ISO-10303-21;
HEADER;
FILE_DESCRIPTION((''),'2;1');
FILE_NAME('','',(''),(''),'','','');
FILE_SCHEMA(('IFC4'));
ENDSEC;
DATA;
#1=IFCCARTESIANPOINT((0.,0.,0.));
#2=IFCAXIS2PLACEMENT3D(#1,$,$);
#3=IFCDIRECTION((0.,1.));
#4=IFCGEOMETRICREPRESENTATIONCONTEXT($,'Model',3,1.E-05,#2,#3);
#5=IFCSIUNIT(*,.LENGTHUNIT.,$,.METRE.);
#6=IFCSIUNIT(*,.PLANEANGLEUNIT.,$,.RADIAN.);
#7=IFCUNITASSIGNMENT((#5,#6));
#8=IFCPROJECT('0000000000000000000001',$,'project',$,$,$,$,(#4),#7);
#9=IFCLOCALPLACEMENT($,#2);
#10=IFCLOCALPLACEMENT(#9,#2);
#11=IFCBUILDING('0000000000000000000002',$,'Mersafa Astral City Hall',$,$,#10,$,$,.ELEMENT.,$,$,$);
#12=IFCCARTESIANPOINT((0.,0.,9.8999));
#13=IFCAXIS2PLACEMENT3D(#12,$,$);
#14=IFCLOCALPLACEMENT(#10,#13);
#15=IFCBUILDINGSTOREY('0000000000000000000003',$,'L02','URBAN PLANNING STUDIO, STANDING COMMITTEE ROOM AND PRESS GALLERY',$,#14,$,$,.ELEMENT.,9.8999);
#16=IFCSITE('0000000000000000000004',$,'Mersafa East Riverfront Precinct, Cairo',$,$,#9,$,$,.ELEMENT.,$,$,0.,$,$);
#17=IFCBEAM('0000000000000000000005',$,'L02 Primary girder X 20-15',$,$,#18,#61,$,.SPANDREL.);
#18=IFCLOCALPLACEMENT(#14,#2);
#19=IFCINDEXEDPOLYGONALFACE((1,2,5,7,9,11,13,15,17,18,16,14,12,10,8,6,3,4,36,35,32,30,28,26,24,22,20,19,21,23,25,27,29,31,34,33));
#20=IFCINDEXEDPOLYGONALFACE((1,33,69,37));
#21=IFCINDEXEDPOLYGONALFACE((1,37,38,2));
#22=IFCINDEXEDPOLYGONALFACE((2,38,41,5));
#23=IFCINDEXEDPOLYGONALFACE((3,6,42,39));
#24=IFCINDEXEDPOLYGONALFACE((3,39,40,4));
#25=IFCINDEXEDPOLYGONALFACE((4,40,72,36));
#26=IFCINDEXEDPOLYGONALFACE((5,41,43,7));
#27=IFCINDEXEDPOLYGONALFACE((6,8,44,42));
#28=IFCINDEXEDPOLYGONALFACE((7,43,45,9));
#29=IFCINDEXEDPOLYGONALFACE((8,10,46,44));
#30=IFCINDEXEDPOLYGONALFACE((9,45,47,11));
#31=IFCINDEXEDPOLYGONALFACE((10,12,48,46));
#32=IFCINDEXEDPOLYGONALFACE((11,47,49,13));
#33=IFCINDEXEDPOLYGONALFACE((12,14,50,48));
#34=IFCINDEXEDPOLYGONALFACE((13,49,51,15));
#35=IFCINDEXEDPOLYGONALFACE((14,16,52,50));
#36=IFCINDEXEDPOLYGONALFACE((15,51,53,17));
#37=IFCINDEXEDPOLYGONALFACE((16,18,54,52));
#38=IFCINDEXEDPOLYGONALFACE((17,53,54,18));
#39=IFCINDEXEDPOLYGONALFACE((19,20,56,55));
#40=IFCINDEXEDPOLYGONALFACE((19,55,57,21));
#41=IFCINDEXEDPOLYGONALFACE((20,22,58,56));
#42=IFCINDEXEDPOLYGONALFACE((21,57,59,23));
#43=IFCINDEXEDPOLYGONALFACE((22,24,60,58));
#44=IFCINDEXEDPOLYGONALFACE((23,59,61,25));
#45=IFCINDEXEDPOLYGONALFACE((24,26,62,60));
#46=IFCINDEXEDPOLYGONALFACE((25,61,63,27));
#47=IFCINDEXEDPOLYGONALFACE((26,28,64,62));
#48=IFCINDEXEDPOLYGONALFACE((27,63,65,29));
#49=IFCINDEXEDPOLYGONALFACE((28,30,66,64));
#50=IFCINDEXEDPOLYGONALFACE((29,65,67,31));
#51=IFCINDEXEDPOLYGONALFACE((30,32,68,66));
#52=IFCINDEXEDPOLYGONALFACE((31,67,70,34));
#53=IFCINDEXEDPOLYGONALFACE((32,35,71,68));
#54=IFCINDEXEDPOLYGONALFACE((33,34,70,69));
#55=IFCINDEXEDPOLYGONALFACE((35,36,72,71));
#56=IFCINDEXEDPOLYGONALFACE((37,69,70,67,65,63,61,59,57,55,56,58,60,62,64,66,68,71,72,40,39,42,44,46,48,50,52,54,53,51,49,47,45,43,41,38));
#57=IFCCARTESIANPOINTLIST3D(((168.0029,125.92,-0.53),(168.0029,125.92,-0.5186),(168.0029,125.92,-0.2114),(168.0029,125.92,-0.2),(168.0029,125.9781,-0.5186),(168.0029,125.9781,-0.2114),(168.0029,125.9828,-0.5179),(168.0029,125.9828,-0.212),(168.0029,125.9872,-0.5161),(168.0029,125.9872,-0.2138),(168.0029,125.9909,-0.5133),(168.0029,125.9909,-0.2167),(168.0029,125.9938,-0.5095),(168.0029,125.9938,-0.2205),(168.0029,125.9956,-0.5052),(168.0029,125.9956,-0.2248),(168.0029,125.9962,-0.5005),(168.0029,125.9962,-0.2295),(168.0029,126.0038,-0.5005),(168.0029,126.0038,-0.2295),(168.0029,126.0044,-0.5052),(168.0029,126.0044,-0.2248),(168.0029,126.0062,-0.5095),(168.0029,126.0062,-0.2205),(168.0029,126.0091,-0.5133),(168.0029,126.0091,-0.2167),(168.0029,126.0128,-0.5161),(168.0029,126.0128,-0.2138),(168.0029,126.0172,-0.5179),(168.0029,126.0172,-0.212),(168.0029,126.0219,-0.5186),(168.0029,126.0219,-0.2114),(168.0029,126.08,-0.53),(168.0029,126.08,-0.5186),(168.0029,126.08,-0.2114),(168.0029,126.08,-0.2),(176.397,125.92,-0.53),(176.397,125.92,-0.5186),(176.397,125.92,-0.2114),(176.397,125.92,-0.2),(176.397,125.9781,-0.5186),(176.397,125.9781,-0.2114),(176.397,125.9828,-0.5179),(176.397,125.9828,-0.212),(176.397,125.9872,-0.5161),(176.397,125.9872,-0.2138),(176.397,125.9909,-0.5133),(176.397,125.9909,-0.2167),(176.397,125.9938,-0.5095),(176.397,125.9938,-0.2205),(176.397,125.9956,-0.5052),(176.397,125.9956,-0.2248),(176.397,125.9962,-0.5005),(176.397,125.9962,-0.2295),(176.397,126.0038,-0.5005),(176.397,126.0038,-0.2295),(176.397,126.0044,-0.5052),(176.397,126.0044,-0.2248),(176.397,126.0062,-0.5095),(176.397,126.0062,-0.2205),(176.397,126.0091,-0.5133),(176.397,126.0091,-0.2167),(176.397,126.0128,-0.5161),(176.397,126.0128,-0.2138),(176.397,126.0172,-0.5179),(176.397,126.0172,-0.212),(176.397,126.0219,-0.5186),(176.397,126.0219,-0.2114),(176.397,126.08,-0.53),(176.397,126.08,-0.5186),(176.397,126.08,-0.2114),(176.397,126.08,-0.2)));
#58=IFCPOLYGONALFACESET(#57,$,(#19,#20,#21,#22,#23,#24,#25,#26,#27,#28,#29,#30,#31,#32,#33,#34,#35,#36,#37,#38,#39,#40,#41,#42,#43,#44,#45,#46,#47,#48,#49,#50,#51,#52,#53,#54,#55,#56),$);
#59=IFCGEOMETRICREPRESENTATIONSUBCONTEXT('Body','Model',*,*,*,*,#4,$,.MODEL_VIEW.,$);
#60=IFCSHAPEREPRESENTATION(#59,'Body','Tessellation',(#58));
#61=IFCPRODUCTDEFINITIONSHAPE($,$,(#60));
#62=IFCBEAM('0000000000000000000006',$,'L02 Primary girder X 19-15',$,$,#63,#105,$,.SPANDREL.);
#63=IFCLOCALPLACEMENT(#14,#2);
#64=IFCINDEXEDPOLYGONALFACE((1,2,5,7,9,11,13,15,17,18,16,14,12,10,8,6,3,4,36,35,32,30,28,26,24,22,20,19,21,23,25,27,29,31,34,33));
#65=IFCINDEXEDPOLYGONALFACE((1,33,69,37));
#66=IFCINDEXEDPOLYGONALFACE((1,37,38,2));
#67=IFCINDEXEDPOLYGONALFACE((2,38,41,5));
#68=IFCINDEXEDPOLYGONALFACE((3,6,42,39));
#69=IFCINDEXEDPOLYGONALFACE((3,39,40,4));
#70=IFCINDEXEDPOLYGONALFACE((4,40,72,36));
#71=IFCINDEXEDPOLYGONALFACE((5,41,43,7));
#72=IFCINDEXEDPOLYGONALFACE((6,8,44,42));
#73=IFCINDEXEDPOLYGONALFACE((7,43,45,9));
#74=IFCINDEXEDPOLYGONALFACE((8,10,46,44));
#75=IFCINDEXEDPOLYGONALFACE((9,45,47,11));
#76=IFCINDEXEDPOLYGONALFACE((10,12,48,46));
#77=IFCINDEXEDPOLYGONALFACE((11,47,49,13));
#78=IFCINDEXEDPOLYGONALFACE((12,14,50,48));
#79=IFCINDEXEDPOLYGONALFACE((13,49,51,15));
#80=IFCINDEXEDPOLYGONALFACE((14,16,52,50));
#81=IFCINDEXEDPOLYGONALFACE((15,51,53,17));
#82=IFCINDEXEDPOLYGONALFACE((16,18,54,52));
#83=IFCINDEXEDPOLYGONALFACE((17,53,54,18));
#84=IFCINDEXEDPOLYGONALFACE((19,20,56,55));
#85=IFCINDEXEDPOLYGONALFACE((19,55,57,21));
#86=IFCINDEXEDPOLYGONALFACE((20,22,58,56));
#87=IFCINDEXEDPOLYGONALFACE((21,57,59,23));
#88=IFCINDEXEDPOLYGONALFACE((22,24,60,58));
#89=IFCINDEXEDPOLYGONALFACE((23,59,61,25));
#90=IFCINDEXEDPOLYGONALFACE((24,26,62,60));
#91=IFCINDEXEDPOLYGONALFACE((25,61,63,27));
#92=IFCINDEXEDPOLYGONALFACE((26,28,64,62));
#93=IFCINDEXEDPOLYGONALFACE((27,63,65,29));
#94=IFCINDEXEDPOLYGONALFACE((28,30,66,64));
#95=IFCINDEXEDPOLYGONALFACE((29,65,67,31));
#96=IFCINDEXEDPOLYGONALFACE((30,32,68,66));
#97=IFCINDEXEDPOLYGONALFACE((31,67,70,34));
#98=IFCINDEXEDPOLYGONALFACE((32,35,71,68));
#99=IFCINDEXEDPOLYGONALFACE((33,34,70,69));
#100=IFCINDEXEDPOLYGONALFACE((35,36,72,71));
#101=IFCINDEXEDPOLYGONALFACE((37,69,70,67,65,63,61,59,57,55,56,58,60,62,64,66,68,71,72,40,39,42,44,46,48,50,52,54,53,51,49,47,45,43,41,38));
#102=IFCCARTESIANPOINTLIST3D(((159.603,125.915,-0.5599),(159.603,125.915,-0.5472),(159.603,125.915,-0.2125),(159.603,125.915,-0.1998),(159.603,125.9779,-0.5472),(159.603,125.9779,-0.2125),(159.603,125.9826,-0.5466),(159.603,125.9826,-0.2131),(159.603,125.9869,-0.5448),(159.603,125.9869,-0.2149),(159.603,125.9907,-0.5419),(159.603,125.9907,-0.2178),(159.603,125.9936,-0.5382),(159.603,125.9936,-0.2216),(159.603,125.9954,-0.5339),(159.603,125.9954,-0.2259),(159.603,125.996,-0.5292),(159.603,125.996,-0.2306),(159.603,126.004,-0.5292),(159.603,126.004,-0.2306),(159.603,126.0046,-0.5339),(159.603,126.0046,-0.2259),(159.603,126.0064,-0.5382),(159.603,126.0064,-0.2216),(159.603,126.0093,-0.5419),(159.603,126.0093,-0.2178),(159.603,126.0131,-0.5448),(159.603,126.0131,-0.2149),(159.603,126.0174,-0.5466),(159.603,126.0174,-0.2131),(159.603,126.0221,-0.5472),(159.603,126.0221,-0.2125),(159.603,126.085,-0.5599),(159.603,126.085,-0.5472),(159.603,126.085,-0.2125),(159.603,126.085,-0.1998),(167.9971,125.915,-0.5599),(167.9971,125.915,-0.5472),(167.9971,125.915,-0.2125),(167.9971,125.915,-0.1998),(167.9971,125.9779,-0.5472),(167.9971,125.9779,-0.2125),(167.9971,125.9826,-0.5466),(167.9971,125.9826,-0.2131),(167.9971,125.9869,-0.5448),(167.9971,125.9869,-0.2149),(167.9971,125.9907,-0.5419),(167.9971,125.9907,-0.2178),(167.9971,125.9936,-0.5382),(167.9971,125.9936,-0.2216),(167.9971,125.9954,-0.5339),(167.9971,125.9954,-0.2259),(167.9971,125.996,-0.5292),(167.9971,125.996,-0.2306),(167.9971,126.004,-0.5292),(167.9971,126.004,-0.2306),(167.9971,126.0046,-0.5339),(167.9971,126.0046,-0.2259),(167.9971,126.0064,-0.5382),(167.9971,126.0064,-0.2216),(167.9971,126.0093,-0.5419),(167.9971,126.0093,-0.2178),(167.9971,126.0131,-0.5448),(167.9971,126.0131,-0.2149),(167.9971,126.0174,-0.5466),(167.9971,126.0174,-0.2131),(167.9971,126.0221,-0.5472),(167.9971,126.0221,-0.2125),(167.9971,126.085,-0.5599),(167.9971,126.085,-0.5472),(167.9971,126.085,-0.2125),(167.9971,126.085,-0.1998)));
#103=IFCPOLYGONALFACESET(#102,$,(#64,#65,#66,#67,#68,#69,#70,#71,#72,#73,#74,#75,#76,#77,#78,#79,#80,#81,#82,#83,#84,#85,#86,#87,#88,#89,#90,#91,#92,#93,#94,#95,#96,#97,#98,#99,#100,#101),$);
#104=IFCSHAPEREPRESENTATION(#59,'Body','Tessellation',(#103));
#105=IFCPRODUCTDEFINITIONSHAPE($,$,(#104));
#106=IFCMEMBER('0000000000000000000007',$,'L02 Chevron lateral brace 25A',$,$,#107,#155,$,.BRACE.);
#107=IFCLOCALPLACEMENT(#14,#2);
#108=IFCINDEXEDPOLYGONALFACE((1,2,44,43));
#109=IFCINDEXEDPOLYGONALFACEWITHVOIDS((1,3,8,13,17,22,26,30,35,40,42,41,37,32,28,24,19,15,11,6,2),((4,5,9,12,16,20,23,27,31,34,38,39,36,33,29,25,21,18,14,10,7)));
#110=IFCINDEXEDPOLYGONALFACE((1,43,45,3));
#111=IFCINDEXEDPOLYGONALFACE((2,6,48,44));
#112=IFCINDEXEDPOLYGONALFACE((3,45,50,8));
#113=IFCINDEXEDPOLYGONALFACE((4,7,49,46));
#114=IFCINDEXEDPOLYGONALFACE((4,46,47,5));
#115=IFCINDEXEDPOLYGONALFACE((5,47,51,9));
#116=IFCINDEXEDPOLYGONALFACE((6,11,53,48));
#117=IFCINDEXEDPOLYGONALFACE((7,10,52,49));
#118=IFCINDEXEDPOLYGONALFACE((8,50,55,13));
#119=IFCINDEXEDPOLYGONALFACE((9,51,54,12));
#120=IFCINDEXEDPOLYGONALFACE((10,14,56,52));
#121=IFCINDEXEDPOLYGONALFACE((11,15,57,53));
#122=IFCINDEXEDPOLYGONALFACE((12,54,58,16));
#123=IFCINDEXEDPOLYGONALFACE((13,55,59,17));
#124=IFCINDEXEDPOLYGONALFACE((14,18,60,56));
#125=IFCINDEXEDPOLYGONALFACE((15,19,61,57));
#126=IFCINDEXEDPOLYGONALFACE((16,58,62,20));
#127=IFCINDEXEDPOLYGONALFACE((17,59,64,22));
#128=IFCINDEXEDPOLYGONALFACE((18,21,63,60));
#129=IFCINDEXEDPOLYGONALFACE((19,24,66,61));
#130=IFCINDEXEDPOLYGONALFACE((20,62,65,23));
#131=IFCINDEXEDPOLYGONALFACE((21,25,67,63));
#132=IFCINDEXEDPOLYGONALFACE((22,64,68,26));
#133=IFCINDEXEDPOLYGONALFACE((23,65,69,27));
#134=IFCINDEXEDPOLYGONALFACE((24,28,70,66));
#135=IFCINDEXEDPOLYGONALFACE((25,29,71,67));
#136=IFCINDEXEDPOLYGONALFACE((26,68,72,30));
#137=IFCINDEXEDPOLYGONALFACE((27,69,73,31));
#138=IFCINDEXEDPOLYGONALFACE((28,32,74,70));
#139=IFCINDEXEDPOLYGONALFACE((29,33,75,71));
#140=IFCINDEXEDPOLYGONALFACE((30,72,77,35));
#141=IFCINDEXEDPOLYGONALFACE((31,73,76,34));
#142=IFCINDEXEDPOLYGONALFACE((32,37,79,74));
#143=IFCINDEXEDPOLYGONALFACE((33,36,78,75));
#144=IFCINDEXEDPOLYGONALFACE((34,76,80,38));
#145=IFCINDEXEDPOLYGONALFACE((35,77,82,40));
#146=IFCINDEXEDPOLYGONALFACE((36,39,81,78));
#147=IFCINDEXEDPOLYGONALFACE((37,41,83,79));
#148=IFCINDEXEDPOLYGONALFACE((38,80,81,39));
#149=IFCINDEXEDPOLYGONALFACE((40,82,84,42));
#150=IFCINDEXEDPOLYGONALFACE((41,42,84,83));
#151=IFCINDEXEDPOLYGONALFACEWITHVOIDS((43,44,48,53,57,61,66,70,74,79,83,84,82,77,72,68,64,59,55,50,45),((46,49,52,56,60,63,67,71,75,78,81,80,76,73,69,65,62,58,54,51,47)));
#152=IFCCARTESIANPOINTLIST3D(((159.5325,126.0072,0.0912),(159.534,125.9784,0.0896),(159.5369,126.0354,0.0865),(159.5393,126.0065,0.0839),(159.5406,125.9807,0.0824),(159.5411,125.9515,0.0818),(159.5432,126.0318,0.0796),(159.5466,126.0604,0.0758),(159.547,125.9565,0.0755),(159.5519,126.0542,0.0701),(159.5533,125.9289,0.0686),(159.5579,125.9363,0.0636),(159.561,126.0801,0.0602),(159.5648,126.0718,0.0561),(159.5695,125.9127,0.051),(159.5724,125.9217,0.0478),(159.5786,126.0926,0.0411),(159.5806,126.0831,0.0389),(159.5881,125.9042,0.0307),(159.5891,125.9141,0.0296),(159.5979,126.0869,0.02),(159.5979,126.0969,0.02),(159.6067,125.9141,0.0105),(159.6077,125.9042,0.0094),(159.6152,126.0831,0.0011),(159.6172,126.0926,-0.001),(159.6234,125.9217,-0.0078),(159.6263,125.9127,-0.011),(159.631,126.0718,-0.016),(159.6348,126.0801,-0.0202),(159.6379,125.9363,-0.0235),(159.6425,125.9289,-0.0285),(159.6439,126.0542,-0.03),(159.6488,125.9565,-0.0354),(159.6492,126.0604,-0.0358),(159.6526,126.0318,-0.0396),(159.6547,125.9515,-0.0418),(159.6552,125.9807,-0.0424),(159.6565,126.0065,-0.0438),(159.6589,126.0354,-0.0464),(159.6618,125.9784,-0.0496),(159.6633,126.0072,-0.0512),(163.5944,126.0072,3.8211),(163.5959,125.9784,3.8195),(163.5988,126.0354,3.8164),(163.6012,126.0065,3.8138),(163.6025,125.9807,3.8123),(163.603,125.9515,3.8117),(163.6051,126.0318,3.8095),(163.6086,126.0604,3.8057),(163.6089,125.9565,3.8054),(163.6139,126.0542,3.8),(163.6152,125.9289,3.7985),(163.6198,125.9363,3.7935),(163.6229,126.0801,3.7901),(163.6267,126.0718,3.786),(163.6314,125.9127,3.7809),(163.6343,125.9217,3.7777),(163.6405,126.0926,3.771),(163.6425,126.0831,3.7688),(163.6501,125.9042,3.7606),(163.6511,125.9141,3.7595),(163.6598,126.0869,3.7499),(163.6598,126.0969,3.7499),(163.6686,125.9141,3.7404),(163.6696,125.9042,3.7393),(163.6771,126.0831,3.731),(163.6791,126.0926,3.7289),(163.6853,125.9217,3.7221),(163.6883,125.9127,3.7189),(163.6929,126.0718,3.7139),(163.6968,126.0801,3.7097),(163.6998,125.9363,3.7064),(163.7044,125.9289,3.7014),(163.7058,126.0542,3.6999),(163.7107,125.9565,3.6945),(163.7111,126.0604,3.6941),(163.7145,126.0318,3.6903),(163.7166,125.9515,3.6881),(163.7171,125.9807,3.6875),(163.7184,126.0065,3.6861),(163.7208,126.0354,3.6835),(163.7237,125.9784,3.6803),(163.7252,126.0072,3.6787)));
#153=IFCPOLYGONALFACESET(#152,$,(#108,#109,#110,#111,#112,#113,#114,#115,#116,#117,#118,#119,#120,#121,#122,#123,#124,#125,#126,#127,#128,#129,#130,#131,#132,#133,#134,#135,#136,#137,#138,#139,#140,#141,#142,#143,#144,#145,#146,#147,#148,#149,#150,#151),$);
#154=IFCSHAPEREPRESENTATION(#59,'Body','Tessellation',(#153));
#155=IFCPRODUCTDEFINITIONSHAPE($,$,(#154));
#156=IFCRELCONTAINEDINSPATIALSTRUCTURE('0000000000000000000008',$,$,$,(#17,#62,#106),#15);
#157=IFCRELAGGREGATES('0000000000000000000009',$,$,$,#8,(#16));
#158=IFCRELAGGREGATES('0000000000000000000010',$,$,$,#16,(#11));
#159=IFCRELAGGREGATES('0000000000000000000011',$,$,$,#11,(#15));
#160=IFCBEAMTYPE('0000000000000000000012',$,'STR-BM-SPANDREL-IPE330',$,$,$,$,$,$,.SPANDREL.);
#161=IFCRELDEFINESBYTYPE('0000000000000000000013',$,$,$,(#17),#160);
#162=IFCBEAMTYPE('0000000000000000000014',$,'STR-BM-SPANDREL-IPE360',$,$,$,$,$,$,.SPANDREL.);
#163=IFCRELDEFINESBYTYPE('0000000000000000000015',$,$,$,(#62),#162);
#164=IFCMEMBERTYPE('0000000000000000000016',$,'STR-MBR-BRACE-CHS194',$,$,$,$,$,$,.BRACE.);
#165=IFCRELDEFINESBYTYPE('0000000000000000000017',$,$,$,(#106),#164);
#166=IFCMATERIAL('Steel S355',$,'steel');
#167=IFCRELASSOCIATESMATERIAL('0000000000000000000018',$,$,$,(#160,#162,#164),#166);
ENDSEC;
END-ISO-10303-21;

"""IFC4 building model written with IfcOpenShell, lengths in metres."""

from ifc_helpers import new_model, si_unit, direction, frame, origin, origin_2d, place, context, subcontext, project, spatial, hollow_circle, i_section, extrude, material, material_profile, profile_set, type_object, element, save


model = new_model("IFC4")

# Units and contexts
model_context = context("Model", 3, precision=1e-05, world=origin(), true_north=direction((0.0, 1.0)))
body_context = subcontext(model_context, "Body", "Model", "MODEL_VIEW")
ifc_project = project(units=[si_unit("LENGTHUNIT", "METRE"), si_unit("PLANEANGLEUNIT", "RADIAN")], contexts=[model_context])

# Site, building, storey
site_placement = place(None, origin())
site = spatial("IfcSite", under=ifc_project, at=site_placement, Name="Mersafa East Riverfront Precinct, Cairo", CompositionType="ELEMENT", RefElevation=0.0)
building_placement = place(site_placement, origin())
building = spatial("IfcBuilding", under=site, at=building_placement, Name="Mersafa Astral City Hall", CompositionType="ELEMENT")
storey_placement = place(building_placement, frame((0.0, 0.0, 9.8999)))
storey = spatial("IfcBuildingStorey", under=building, at=storey_placement, Name="L02", Description="URBAN PLANNING STUDIO, STANDING COMMITTEE ROOM AND PRESS GALLERY", CompositionType="ELEMENT", Elevation=9.8999)

# Shared definitions
ifc_material_1 = material(Name="Steel S355", Category="steel")

# Beams
ifc_material_profile_1 = material_profile(ifc_material_1, i_section(OverallWidth=0.1599, OverallDepth=0.3301, WebThickness=0.0076, FlangeThickness=0.0115, FilletRadius=0.0181, at=origin_2d()), Name="IPE 330")
ifc_profile_set_1 = profile_set([ifc_material_profile_1], Name="Steel S355")
beam_type_1 = type_object("IfcBeamType", Name="STR-BM-SPANDREL-IPE330", PredefinedType="SPANDREL", material=ifc_profile_set_1)
beam_1_placement = place(storey_placement, frame((168.0029, 126.0, -0.365), z_axis=(1.0, 0.0, 0.0), x_axis=(0.0, 1.0, 0.0)))
element("IfcBeam", 1, at=beam_1_placement, inside=storey, type_object=beam_type_1, Name="L02 Primary girder X 20-15", PredefinedType="SPANDREL", context=body_context, shape_type="SweptSolid", body=[
    extrude(i_section(OverallWidth=0.1599, OverallDepth=0.3301, WebThickness=0.0076, FlangeThickness=0.0115, FilletRadius=0.0181, at=origin_2d()), origin(), (0.0, 0.0, 1.0), 8.394),
])
ifc_material_profile_2 = material_profile(ifc_material_1, i_section(OverallWidth=0.1699, OverallDepth=0.3601, WebThickness=0.0081, FlangeThickness=0.0127, FilletRadius=0.0181, at=origin_2d()), Name="IPE 360")
ifc_profile_set_2 = profile_set([ifc_material_profile_2], Name="Steel S355")
beam_type_2 = type_object("IfcBeamType", Name="STR-BM-SPANDREL-IPE360", PredefinedType="SPANDREL", material=ifc_profile_set_2)
beam_2_placement = place(storey_placement, frame((159.603, 126.0, -0.3799), z_axis=(1.0, 0.0, 0.0), x_axis=(0.0, 1.0, 0.0)))
element("IfcBeam", 2, at=beam_2_placement, inside=storey, type_object=beam_type_2, Name="L02 Primary girder X 19-15", PredefinedType="SPANDREL", context=body_context, shape_type="SweptSolid", body=[
    extrude(i_section(OverallWidth=0.1699, OverallDepth=0.3601, WebThickness=0.0081, FlangeThickness=0.0127, FilletRadius=0.0181, at=origin_2d()), origin(), (0.0, 0.0, 1.0), 8.394),
])

# Member
ifc_material_profile_3 = material_profile(ifc_material_1, hollow_circle(Radius=0.0969, WallThickness=0.01, at=origin_2d()), Name="CHS 193.7x10")
ifc_profile_set_3 = profile_set([ifc_material_profile_3], Name="Steel S355")
member_type = type_object("IfcMemberType", Name="STR-MBR-BRACE-CHS194", PredefinedType="BRACE", material=ifc_profile_set_3)
for number, where, z_axis, x_axis, name in (
    (3, (159.5979, 126.0, 0.02), (0.736569, 0.0, 0.676362), (0.0, 1.0, 0.0), "L02 Chevron lateral brace 25A"),
):
    element("IfcMember", number, at=place(storey_placement, frame(where, z_axis=z_axis, x_axis=x_axis)), inside=storey, type_object=member_type, Name=name, PredefinedType="BRACE", context=body_context, shape_type="SweptSolid", body=[
        extrude(hollow_circle(Radius=0.0969, WallThickness=0.01, at=origin_2d()), origin(), (0.0, 0.0, 1.0), 5.5146),
    ])

save(model, "model.ifc")
